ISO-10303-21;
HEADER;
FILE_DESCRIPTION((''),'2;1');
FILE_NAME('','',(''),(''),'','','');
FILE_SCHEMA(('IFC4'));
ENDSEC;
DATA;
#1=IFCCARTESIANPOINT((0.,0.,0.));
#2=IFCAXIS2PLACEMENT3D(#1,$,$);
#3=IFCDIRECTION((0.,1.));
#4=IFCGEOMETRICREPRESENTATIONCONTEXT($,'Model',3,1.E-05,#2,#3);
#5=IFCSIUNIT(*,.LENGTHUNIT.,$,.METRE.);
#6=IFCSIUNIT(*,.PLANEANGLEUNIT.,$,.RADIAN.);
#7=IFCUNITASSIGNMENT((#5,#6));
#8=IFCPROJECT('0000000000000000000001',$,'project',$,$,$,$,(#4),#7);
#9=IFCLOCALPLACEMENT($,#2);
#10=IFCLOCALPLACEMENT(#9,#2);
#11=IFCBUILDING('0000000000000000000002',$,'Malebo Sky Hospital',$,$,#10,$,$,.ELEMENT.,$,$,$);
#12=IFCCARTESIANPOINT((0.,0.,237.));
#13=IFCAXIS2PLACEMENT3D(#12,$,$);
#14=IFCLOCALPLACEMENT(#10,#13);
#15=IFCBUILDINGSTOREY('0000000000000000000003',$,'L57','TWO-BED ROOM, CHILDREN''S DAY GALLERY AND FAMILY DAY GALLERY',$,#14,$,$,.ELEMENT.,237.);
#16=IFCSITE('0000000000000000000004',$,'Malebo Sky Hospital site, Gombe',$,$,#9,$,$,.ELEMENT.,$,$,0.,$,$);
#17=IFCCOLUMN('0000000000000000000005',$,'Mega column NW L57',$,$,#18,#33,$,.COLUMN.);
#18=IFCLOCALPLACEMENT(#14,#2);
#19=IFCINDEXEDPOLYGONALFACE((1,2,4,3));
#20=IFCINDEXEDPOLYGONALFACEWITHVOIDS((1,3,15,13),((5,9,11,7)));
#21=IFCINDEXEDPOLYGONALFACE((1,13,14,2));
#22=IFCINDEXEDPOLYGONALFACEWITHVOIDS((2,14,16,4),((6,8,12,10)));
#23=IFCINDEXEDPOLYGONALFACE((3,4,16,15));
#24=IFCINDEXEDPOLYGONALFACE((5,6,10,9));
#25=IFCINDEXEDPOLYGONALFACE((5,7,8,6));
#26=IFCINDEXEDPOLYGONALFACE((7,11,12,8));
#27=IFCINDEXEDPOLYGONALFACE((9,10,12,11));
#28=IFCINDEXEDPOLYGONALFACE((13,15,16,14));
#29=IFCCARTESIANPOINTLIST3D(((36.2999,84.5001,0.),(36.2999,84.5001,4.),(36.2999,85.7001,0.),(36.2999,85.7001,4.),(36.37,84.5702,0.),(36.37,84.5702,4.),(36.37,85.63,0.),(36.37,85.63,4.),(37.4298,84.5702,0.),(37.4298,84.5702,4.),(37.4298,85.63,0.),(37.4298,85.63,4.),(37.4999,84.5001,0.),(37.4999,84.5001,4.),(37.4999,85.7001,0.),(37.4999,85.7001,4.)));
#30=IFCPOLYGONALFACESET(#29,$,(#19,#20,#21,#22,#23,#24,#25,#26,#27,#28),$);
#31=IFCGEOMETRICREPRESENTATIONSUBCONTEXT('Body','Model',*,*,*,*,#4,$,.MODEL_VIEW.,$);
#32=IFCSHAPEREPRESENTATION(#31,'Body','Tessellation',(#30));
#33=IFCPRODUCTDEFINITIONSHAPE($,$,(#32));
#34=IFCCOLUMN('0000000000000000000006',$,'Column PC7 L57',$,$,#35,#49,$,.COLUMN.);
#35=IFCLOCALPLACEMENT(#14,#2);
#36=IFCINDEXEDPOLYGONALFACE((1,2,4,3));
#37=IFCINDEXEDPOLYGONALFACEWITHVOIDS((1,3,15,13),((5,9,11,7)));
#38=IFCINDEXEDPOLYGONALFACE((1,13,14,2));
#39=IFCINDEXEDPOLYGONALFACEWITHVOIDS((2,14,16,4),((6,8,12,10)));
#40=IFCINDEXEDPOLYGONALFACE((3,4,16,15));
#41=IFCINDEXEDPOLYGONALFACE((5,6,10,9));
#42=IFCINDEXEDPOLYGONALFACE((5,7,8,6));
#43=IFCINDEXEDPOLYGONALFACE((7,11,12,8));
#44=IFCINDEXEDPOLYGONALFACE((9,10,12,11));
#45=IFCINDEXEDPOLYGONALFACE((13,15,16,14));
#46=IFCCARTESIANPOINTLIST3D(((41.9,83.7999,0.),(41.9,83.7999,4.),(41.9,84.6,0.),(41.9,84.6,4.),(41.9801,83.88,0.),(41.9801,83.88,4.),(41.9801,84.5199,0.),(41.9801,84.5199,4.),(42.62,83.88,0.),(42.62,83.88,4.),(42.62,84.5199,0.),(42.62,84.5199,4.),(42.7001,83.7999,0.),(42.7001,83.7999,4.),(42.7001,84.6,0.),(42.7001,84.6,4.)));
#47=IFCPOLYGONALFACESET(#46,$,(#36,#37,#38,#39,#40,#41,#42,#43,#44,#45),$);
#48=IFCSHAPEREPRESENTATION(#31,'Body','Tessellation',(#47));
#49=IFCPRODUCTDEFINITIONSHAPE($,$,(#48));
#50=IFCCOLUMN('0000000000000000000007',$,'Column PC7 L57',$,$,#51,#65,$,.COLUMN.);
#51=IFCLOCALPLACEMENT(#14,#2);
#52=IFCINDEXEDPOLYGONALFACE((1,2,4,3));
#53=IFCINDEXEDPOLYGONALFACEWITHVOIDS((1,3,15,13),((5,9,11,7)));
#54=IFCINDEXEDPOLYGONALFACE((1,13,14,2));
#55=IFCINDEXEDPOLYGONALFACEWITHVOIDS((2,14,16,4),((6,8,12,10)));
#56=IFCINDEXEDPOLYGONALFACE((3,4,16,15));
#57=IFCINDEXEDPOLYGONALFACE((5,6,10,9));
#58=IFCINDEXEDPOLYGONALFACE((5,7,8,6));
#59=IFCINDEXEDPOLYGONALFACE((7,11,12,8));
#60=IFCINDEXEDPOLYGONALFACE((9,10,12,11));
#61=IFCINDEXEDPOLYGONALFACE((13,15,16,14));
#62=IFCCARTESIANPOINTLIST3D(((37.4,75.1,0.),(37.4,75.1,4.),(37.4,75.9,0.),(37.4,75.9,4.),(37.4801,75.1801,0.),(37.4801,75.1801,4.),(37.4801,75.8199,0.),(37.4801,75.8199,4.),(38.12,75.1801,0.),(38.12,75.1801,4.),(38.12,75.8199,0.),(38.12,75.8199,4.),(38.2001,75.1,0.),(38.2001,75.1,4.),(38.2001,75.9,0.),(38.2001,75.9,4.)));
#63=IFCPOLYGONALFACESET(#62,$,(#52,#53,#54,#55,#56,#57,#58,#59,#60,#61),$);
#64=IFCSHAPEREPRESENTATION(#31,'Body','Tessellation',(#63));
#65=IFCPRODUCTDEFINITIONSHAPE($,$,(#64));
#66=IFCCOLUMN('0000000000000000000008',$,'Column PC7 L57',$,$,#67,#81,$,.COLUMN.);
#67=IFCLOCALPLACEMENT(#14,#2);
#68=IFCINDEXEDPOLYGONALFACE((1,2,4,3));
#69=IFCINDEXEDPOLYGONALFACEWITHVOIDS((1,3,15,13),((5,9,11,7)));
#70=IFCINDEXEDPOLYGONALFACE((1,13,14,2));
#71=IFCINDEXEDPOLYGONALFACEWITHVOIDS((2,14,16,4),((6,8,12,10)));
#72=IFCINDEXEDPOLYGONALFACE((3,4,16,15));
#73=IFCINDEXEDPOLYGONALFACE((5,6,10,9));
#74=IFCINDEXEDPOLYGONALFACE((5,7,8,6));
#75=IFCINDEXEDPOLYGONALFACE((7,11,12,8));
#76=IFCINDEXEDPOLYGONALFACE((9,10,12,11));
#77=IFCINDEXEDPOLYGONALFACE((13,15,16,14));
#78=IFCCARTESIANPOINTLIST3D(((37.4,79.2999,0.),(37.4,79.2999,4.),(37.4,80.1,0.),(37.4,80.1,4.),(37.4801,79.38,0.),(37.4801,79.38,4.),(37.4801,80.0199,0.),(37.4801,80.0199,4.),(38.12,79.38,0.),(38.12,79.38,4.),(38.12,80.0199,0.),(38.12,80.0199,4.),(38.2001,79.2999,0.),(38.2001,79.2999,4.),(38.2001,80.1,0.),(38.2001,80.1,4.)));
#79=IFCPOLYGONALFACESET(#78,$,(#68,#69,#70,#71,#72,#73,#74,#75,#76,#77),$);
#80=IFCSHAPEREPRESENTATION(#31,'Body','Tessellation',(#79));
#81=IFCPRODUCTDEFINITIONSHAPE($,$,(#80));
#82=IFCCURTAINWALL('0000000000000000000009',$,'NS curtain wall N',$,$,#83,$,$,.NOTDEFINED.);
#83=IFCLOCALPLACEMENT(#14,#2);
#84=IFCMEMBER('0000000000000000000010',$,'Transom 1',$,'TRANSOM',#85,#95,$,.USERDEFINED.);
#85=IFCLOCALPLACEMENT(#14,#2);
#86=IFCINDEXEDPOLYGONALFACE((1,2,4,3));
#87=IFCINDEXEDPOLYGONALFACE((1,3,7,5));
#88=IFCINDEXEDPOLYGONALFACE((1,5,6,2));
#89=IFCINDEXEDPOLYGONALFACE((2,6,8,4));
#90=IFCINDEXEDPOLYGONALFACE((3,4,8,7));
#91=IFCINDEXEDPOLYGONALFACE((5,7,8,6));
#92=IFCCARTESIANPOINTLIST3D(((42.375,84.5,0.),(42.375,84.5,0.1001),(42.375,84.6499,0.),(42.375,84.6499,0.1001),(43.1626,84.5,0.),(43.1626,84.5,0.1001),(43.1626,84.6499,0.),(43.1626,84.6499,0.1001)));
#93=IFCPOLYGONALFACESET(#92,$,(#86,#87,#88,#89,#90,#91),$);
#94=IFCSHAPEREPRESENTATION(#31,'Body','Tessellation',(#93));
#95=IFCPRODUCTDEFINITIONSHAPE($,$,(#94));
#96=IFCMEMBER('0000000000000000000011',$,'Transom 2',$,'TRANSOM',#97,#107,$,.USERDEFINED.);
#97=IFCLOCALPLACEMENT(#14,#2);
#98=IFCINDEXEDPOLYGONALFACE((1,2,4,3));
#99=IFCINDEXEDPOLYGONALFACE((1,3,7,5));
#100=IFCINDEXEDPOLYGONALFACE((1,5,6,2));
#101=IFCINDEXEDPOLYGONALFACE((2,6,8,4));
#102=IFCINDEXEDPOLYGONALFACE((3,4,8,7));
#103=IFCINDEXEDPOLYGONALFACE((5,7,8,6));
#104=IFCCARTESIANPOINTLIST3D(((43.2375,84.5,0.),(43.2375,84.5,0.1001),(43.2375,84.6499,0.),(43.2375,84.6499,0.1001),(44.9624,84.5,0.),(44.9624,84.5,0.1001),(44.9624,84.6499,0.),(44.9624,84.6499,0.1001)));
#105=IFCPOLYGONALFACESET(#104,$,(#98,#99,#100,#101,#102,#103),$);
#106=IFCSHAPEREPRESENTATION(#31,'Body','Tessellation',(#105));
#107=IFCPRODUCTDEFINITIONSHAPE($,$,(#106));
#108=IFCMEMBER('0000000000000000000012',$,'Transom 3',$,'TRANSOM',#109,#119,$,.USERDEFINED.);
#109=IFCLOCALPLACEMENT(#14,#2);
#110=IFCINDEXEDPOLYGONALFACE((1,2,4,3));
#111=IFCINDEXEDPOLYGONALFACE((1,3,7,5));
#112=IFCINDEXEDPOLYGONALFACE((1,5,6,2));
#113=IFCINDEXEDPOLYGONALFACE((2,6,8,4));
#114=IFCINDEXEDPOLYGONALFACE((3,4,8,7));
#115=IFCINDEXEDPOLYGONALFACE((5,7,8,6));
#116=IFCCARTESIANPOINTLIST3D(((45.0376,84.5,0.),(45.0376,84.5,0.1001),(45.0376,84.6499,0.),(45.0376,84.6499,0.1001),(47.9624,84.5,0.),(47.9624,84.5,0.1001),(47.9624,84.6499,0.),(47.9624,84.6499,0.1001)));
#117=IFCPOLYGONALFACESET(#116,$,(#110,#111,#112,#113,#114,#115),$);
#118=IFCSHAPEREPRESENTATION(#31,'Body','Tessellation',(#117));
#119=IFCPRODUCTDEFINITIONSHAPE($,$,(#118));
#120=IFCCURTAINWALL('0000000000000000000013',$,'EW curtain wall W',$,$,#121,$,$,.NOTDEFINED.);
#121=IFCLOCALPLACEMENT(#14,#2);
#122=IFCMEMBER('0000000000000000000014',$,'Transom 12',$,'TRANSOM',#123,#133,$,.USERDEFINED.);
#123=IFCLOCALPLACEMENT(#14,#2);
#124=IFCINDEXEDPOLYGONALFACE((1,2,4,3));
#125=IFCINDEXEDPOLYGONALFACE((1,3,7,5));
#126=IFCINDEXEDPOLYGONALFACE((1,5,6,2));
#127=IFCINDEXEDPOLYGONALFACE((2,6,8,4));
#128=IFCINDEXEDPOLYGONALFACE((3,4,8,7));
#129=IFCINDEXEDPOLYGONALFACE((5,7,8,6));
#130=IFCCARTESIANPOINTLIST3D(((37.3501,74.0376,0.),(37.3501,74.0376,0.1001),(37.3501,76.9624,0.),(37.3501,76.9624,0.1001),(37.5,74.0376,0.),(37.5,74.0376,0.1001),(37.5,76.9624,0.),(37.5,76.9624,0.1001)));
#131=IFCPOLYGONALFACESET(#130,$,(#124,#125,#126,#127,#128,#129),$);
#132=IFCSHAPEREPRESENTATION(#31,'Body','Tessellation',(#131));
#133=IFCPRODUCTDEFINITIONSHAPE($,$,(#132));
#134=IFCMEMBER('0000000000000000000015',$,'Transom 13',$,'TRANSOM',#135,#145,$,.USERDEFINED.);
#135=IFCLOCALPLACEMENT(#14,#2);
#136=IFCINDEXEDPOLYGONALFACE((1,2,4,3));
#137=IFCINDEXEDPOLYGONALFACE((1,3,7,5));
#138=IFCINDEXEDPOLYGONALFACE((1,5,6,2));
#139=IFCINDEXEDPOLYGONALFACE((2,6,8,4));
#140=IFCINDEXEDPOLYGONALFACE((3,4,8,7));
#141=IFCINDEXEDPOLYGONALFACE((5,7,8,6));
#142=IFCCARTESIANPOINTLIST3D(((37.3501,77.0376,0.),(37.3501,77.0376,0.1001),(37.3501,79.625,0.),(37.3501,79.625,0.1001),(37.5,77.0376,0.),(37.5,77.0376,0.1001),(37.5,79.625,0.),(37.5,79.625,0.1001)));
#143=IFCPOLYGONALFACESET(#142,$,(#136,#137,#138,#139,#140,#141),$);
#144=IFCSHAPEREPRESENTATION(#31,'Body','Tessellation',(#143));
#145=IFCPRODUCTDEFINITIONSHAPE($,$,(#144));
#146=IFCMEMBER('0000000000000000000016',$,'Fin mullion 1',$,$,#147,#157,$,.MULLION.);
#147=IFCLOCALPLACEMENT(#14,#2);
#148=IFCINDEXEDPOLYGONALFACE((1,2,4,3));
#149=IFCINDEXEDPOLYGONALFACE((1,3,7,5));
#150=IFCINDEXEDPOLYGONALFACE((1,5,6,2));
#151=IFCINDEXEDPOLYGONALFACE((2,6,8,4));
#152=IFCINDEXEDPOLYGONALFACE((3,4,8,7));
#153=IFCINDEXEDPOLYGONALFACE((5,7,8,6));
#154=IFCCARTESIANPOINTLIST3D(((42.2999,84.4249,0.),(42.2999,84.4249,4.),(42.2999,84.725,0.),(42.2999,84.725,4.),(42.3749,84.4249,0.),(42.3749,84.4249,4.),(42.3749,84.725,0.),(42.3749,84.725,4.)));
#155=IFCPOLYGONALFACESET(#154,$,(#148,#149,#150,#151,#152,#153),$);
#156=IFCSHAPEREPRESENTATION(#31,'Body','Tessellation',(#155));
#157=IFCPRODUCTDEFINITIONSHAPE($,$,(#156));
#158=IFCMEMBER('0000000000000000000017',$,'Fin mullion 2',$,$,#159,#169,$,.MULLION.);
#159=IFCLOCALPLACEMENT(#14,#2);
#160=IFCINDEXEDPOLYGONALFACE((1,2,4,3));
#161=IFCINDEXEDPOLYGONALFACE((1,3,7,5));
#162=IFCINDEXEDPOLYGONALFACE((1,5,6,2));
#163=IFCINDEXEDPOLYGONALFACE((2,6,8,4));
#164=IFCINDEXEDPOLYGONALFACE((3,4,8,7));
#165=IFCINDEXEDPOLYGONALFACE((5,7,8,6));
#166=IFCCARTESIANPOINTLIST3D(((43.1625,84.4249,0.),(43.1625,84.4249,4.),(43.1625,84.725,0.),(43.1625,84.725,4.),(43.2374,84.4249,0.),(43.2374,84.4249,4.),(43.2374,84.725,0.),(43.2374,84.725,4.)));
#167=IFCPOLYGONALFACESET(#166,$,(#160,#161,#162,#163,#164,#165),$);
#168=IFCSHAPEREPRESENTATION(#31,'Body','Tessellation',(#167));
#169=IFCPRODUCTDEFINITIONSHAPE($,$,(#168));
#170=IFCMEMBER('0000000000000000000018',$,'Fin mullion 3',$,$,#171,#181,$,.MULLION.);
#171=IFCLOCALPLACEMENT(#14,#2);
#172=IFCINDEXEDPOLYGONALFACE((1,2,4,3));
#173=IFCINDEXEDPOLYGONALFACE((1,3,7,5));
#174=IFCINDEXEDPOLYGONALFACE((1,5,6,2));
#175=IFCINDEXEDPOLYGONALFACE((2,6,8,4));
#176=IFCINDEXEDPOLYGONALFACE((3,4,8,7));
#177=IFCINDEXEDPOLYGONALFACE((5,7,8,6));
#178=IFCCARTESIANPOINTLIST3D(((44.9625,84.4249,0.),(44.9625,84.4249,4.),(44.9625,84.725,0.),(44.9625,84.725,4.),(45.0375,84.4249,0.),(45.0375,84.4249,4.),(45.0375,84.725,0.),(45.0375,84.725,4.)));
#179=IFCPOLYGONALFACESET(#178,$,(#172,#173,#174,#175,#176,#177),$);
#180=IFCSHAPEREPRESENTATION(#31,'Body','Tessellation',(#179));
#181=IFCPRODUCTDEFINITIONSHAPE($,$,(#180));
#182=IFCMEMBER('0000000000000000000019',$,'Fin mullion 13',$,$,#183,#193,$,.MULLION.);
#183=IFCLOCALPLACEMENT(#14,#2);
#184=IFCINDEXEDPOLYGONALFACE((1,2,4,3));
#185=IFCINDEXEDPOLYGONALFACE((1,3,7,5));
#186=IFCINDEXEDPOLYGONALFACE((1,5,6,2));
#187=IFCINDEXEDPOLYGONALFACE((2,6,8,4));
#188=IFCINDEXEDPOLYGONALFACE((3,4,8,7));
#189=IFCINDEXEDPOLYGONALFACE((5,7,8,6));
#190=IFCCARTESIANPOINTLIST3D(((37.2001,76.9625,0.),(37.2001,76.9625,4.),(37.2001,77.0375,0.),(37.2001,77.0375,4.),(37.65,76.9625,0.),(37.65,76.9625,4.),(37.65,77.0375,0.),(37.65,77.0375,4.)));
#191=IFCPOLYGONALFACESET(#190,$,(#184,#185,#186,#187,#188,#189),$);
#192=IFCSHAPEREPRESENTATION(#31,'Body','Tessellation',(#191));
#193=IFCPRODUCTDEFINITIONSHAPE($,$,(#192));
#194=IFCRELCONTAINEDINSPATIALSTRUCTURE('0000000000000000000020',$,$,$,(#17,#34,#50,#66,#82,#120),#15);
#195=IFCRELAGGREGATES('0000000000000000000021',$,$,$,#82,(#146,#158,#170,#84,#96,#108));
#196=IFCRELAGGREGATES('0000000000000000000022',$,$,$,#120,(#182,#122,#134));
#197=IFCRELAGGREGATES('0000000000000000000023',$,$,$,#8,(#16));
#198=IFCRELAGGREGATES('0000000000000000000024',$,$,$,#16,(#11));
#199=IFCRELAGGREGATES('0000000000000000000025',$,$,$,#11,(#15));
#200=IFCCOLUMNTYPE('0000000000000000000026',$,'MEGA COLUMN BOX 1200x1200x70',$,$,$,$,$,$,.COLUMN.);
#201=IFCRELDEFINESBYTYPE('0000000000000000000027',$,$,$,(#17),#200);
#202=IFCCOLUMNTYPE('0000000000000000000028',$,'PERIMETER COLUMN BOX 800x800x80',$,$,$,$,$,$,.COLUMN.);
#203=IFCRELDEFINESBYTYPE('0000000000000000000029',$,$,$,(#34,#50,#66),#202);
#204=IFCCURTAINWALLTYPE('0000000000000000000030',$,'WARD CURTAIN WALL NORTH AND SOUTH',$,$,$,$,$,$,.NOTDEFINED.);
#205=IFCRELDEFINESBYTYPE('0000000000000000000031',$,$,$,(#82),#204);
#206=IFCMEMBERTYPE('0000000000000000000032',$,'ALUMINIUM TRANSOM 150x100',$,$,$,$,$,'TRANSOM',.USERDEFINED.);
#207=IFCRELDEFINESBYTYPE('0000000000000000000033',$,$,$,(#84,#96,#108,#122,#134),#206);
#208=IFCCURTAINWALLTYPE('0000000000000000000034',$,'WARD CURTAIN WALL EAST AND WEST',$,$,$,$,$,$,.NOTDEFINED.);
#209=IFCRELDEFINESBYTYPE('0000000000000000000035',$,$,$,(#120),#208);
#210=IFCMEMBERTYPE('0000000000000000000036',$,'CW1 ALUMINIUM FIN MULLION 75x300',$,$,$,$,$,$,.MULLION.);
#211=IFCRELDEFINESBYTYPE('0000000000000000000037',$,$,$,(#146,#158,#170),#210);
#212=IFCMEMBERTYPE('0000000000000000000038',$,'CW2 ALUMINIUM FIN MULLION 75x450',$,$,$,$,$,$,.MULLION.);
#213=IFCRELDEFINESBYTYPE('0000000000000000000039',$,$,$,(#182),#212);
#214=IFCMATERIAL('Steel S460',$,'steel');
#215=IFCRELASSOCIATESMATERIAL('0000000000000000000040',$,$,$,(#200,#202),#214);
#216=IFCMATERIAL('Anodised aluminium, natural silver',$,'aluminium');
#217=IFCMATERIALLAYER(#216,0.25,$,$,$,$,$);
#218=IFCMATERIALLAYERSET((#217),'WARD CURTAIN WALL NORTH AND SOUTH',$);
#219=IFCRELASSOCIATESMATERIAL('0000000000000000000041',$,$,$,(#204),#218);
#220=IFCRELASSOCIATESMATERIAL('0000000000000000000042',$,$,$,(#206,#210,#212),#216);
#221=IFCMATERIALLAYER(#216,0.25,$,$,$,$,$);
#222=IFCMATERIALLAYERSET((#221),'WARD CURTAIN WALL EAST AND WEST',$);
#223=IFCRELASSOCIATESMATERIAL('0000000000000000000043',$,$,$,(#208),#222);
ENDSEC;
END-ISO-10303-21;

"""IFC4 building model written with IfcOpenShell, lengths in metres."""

from ifc_helpers import new_model, si_unit, direction, frame, origin, origin_2d, place, context, subcontext, project, spatial, rectangle, hollow_rectangle, extrude, material, layer, layer_set, material_profile, profile_set, type_object, element, aggregate, save


model = new_model("IFC4")

# Units and contexts
model_context = context("Model", 3, precision=1e-05, world=origin(), true_north=direction((0.0, 1.0)))
body_context = subcontext(model_context, "Body", "Model", "MODEL_VIEW")
ifc_project = project(units=[si_unit("LENGTHUNIT", "METRE"), si_unit("PLANEANGLEUNIT", "RADIAN")], contexts=[model_context])

# Site, building, storey
site_placement = place(None, origin())
site = spatial("IfcSite", under=ifc_project, at=site_placement, Name="Malebo Sky Hospital site, Gombe", CompositionType="ELEMENT", RefElevation=0.0)
building_placement = place(site_placement, origin())
building = spatial("IfcBuilding", under=site, at=building_placement, Name="Malebo Sky Hospital", CompositionType="ELEMENT")
storey_placement = place(building_placement, frame((0.0, 0.0, 237.0)))
storey = spatial("IfcBuildingStorey", under=building, at=storey_placement, Name="L57", Description="TWO-BED ROOM, CHILDREN'S DAY GALLERY AND FAMILY DAY GALLERY", CompositionType="ELEMENT", Elevation=237.0)

# Columns
ifc_material_1 = material(Name="Steel S460", Category="steel")
ifc_material_profile_1 = material_profile(ifc_material_1, hollow_rectangle(XDim=1.2, YDim=1.2, WallThickness=0.0701, at=origin_2d()), Name="BOX 1200x1200x70")
ifc_profile_set_1 = profile_set([ifc_material_profile_1], Name="Steel S460")
column_type_1 = type_object("IfcColumnType", Name="MEGA COLUMN BOX 1200x1200x70", PredefinedType="COLUMN", material=ifc_profile_set_1)
column_placement = place(storey_placement, frame((36.8999, 85.1001, 0.0), z_axis=(0.0, 0.0, 1.0), x_axis=(1.0, 0.0, 0.0)))
element("IfcColumn", 1, at=column_placement, inside=storey, type_object=column_type_1, Name="Mega column NW L57", PredefinedType="COLUMN", context=body_context, shape_type="SweptSolid", body=[
    extrude(hollow_rectangle(XDim=1.2, YDim=1.2, WallThickness=0.0701, at=origin_2d()), origin(), (0.0, 0.0, 1.0), 4.0),
])
ifc_material_profile_2 = material_profile(ifc_material_1, hollow_rectangle(XDim=0.8, YDim=0.8, WallThickness=0.0801, at=origin_2d()), Name="BOX 800x800x80")
ifc_profile_set_2 = profile_set([ifc_material_profile_2], Name="Steel S460")
column_type_2 = type_object("IfcColumnType", Name="PERIMETER COLUMN BOX 800x800x80", PredefinedType="COLUMN", material=ifc_profile_set_2)
for number, where, z_axis, x_axis, name in (
    (2, (42.3, 84.2, 0.0), (0.0, 0.0, 1.0), (1.0, 0.0, 0.0), "Column PC7 L57"),
    (3, (37.8, 75.5, 0.0), (0.0, 0.0, 1.0), (1.0, 0.0, 0.0), "Column PC7 L57"),
    (4, (37.8, 79.7, 0.0), (0.0, 0.0, 1.0), (1.0, 0.0, 0.0), "Column PC7 L57"),
):
    element("IfcColumn", number, at=place(storey_placement, frame(where, z_axis=z_axis, x_axis=x_axis)), inside=storey, type_object=column_type_2, Name=name, PredefinedType="COLUMN", context=body_context, shape_type="SweptSolid", body=[
        extrude(hollow_rectangle(XDim=0.8, YDim=0.8, WallThickness=0.0801, at=origin_2d()), origin(), (0.0, 0.0, 1.0), 4.0),
    ])

# Curtain walls, members
ifc_material_2 = material(Name="Anodised aluminium, natural silver", Category="aluminium")
ifc_layer_1 = layer(ifc_material_2, 0.25)
ifc_layer_set_1 = layer_set([ifc_layer_1], Name="WARD CURTAIN WALL NORTH AND SOUTH")
curtain_wall_type_1 = type_object("IfcCurtainWallType", Name="WARD CURTAIN WALL NORTH AND SOUTH", PredefinedType="NOTDEFINED", material=ifc_layer_set_1)
curtain_wall_1_placement = place(storey_placement, origin())
curtain_wall_1 = element("IfcCurtainWall", 5, at=curtain_wall_1_placement, inside=storey, type_object=curtain_wall_type_1, Name="NS curtain wall N", PredefinedType="NOTDEFINED")
ifc_material_profile_3 = material_profile(ifc_material_2, rectangle(XDim=0.1499, YDim=0.1001, at=origin_2d()), Name="ALUMINIUM TRANSOM 150x100")
ifc_profile_set_3 = profile_set([ifc_material_profile_3], Name="Anodised aluminium, natural silver")
member_type_1 = type_object("IfcMemberType", Name="ALUMINIUM TRANSOM 150x100", ElementType="TRANSOM", PredefinedType="USERDEFINED", material=ifc_profile_set_3)
member_1_placement = place(storey_placement, frame((42.375, 84.575, 0.05), z_axis=(1.0, 0.0, 0.0), x_axis=(0.0, 1.0, 0.0)))
member_1 = element("IfcMember", 6, at=member_1_placement, type_object=member_type_1, Name="Transom 1", ObjectType="TRANSOM", PredefinedType="USERDEFINED", context=body_context, shape_type="SweptSolid", body=[
    extrude(rectangle(XDim=0.1499, YDim=0.1001, at=origin_2d()), origin(), (0.0, 0.0, 1.0), 0.7876),
])
member_2_placement = place(storey_placement, frame((43.2375, 84.575, 0.05), z_axis=(1.0, 0.0, 0.0), x_axis=(0.0, 1.0, 0.0)))
member_2 = element("IfcMember", 7, at=member_2_placement, type_object=member_type_1, Name="Transom 2", ObjectType="TRANSOM", PredefinedType="USERDEFINED", context=body_context, shape_type="SweptSolid", body=[
    extrude(rectangle(XDim=0.1499, YDim=0.1001, at=origin_2d()), origin(), (0.0, 0.0, 1.0), 1.7249),
])
member_3_placement = place(storey_placement, frame((45.0376, 84.575, 0.05), z_axis=(1.0, 0.0, 0.0), x_axis=(0.0, 1.0, 0.0)))
member_3 = element("IfcMember", 8, at=member_3_placement, type_object=member_type_1, Name="Transom 3", ObjectType="TRANSOM", PredefinedType="USERDEFINED", context=body_context, shape_type="SweptSolid", body=[
    extrude(rectangle(XDim=0.1499, YDim=0.1001, at=origin_2d()), origin(), (0.0, 0.0, 1.0), 2.9248),
])
ifc_layer_2 = layer(ifc_material_2, 0.25)
ifc_layer_set_2 = layer_set([ifc_layer_2], Name="WARD CURTAIN WALL EAST AND WEST")
curtain_wall_type_2 = type_object("IfcCurtainWallType", Name="WARD CURTAIN WALL EAST AND WEST", PredefinedType="NOTDEFINED", material=ifc_layer_set_2)
curtain_wall_2_placement = place(storey_placement, origin())
curtain_wall_2 = element("IfcCurtainWall", 9, at=curtain_wall_2_placement, inside=storey, type_object=curtain_wall_type_2, Name="EW curtain wall W", PredefinedType="NOTDEFINED")
member_4_placement = place(storey_placement, frame((37.425, 74.0376, 0.05), z_axis=(0.0, 1.0, 0.0), x_axis=(-1.0, 0.0, 0.0)))
member_4 = element("IfcMember", 10, at=member_4_placement, type_object=member_type_1, Name="Transom 12", ObjectType="TRANSOM", PredefinedType="USERDEFINED", context=body_context, shape_type="SweptSolid", body=[
    extrude(rectangle(XDim=0.1499, YDim=0.1001, at=origin_2d()), origin(), (0.0, 0.0, 1.0), 2.9248),
])
member_5_placement = place(storey_placement, frame((37.425, 77.0376, 0.05), z_axis=(0.0, 1.0, 0.0), x_axis=(-1.0, 0.0, 0.0)))
member_5 = element("IfcMember", 11, at=member_5_placement, type_object=member_type_1, Name="Transom 13", ObjectType="TRANSOM", PredefinedType="USERDEFINED", context=body_context, shape_type="SweptSolid", body=[
    extrude(rectangle(XDim=0.1499, YDim=0.1001, at=origin_2d()), origin(), (0.0, 0.0, 1.0), 2.5874),
])

# Members
ifc_material_profile_4 = material_profile(ifc_material_2, rectangle(XDim=0.075, YDim=0.3, at=origin_2d()), Name="CW1 ALUMINIUM FIN MULLION 75x300")
ifc_profile_set_4 = profile_set([ifc_material_profile_4], Name="Anodised aluminium, natural silver")
member_type_2 = type_object("IfcMemberType", Name="CW1 ALUMINIUM FIN MULLION 75x300", PredefinedType="MULLION", material=ifc_profile_set_4)
member_6_placement = place(storey_placement, frame((42.3374, 84.575, 0.0), z_axis=(0.0, 0.0, 1.0), x_axis=(1.0, 0.0, 0.0)))
member_6 = element("IfcMember", 12, at=member_6_placement, type_object=member_type_2, Name="Fin mullion 1", PredefinedType="MULLION", context=body_context, shape_type="SweptSolid", body=[
    extrude(rectangle(XDim=0.075, YDim=0.3, at=origin_2d()), origin(), (0.0, 0.0, 1.0), 4.0),
])
member_7_placement = place(storey_placement, frame((43.2, 84.575, 0.0), z_axis=(0.0, 0.0, 1.0), x_axis=(1.0, 0.0, 0.0)))
member_7 = element("IfcMember", 13, at=member_7_placement, type_object=member_type_2, Name="Fin mullion 2", PredefinedType="MULLION", context=body_context, shape_type="SweptSolid", body=[
    extrude(rectangle(XDim=0.075, YDim=0.3, at=origin_2d()), origin(), (0.0, 0.0, 1.0), 4.0),
])
member_8_placement = place(storey_placement, frame((45.0, 84.575, 0.0), z_axis=(0.0, 0.0, 1.0), x_axis=(1.0, 0.0, 0.0)))
member_8 = element("IfcMember", 14, at=member_8_placement, type_object=member_type_2, Name="Fin mullion 3", PredefinedType="MULLION", context=body_context, shape_type="SweptSolid", body=[
    extrude(rectangle(XDim=0.075, YDim=0.3, at=origin_2d()), origin(), (0.0, 0.0, 1.0), 4.0),
])
ifc_material_profile_5 = material_profile(ifc_material_2, rectangle(XDim=0.075, YDim=0.45, at=origin_2d()), Name="CW2 ALUMINIUM FIN MULLION 75x450")
ifc_profile_set_5 = profile_set([ifc_material_profile_5], Name="Anodised aluminium, natural silver")
member_type_3 = type_object("IfcMemberType", Name="CW2 ALUMINIUM FIN MULLION 75x450", PredefinedType="MULLION", material=ifc_profile_set_5)
member_9_placement = place(storey_placement, frame((37.425, 77.0, 0.0), z_axis=(0.0, 0.0, 1.0), x_axis=(0.0, 1.0, 0.0)))
member_9 = element("IfcMember", 15, at=member_9_placement, type_object=member_type_3, Name="Fin mullion 13", PredefinedType="MULLION", context=body_context, shape_type="SweptSolid", body=[
    extrude(rectangle(XDim=0.075, YDim=0.45, at=origin_2d()), origin(), (0.0, 0.0, 1.0), 4.0),
])

aggregate(curtain_wall_1, [member_6, member_7, member_8, member_1, member_2, member_3])
aggregate(curtain_wall_2, [member_9, member_4, member_5])

save(model, "model.ifc")
